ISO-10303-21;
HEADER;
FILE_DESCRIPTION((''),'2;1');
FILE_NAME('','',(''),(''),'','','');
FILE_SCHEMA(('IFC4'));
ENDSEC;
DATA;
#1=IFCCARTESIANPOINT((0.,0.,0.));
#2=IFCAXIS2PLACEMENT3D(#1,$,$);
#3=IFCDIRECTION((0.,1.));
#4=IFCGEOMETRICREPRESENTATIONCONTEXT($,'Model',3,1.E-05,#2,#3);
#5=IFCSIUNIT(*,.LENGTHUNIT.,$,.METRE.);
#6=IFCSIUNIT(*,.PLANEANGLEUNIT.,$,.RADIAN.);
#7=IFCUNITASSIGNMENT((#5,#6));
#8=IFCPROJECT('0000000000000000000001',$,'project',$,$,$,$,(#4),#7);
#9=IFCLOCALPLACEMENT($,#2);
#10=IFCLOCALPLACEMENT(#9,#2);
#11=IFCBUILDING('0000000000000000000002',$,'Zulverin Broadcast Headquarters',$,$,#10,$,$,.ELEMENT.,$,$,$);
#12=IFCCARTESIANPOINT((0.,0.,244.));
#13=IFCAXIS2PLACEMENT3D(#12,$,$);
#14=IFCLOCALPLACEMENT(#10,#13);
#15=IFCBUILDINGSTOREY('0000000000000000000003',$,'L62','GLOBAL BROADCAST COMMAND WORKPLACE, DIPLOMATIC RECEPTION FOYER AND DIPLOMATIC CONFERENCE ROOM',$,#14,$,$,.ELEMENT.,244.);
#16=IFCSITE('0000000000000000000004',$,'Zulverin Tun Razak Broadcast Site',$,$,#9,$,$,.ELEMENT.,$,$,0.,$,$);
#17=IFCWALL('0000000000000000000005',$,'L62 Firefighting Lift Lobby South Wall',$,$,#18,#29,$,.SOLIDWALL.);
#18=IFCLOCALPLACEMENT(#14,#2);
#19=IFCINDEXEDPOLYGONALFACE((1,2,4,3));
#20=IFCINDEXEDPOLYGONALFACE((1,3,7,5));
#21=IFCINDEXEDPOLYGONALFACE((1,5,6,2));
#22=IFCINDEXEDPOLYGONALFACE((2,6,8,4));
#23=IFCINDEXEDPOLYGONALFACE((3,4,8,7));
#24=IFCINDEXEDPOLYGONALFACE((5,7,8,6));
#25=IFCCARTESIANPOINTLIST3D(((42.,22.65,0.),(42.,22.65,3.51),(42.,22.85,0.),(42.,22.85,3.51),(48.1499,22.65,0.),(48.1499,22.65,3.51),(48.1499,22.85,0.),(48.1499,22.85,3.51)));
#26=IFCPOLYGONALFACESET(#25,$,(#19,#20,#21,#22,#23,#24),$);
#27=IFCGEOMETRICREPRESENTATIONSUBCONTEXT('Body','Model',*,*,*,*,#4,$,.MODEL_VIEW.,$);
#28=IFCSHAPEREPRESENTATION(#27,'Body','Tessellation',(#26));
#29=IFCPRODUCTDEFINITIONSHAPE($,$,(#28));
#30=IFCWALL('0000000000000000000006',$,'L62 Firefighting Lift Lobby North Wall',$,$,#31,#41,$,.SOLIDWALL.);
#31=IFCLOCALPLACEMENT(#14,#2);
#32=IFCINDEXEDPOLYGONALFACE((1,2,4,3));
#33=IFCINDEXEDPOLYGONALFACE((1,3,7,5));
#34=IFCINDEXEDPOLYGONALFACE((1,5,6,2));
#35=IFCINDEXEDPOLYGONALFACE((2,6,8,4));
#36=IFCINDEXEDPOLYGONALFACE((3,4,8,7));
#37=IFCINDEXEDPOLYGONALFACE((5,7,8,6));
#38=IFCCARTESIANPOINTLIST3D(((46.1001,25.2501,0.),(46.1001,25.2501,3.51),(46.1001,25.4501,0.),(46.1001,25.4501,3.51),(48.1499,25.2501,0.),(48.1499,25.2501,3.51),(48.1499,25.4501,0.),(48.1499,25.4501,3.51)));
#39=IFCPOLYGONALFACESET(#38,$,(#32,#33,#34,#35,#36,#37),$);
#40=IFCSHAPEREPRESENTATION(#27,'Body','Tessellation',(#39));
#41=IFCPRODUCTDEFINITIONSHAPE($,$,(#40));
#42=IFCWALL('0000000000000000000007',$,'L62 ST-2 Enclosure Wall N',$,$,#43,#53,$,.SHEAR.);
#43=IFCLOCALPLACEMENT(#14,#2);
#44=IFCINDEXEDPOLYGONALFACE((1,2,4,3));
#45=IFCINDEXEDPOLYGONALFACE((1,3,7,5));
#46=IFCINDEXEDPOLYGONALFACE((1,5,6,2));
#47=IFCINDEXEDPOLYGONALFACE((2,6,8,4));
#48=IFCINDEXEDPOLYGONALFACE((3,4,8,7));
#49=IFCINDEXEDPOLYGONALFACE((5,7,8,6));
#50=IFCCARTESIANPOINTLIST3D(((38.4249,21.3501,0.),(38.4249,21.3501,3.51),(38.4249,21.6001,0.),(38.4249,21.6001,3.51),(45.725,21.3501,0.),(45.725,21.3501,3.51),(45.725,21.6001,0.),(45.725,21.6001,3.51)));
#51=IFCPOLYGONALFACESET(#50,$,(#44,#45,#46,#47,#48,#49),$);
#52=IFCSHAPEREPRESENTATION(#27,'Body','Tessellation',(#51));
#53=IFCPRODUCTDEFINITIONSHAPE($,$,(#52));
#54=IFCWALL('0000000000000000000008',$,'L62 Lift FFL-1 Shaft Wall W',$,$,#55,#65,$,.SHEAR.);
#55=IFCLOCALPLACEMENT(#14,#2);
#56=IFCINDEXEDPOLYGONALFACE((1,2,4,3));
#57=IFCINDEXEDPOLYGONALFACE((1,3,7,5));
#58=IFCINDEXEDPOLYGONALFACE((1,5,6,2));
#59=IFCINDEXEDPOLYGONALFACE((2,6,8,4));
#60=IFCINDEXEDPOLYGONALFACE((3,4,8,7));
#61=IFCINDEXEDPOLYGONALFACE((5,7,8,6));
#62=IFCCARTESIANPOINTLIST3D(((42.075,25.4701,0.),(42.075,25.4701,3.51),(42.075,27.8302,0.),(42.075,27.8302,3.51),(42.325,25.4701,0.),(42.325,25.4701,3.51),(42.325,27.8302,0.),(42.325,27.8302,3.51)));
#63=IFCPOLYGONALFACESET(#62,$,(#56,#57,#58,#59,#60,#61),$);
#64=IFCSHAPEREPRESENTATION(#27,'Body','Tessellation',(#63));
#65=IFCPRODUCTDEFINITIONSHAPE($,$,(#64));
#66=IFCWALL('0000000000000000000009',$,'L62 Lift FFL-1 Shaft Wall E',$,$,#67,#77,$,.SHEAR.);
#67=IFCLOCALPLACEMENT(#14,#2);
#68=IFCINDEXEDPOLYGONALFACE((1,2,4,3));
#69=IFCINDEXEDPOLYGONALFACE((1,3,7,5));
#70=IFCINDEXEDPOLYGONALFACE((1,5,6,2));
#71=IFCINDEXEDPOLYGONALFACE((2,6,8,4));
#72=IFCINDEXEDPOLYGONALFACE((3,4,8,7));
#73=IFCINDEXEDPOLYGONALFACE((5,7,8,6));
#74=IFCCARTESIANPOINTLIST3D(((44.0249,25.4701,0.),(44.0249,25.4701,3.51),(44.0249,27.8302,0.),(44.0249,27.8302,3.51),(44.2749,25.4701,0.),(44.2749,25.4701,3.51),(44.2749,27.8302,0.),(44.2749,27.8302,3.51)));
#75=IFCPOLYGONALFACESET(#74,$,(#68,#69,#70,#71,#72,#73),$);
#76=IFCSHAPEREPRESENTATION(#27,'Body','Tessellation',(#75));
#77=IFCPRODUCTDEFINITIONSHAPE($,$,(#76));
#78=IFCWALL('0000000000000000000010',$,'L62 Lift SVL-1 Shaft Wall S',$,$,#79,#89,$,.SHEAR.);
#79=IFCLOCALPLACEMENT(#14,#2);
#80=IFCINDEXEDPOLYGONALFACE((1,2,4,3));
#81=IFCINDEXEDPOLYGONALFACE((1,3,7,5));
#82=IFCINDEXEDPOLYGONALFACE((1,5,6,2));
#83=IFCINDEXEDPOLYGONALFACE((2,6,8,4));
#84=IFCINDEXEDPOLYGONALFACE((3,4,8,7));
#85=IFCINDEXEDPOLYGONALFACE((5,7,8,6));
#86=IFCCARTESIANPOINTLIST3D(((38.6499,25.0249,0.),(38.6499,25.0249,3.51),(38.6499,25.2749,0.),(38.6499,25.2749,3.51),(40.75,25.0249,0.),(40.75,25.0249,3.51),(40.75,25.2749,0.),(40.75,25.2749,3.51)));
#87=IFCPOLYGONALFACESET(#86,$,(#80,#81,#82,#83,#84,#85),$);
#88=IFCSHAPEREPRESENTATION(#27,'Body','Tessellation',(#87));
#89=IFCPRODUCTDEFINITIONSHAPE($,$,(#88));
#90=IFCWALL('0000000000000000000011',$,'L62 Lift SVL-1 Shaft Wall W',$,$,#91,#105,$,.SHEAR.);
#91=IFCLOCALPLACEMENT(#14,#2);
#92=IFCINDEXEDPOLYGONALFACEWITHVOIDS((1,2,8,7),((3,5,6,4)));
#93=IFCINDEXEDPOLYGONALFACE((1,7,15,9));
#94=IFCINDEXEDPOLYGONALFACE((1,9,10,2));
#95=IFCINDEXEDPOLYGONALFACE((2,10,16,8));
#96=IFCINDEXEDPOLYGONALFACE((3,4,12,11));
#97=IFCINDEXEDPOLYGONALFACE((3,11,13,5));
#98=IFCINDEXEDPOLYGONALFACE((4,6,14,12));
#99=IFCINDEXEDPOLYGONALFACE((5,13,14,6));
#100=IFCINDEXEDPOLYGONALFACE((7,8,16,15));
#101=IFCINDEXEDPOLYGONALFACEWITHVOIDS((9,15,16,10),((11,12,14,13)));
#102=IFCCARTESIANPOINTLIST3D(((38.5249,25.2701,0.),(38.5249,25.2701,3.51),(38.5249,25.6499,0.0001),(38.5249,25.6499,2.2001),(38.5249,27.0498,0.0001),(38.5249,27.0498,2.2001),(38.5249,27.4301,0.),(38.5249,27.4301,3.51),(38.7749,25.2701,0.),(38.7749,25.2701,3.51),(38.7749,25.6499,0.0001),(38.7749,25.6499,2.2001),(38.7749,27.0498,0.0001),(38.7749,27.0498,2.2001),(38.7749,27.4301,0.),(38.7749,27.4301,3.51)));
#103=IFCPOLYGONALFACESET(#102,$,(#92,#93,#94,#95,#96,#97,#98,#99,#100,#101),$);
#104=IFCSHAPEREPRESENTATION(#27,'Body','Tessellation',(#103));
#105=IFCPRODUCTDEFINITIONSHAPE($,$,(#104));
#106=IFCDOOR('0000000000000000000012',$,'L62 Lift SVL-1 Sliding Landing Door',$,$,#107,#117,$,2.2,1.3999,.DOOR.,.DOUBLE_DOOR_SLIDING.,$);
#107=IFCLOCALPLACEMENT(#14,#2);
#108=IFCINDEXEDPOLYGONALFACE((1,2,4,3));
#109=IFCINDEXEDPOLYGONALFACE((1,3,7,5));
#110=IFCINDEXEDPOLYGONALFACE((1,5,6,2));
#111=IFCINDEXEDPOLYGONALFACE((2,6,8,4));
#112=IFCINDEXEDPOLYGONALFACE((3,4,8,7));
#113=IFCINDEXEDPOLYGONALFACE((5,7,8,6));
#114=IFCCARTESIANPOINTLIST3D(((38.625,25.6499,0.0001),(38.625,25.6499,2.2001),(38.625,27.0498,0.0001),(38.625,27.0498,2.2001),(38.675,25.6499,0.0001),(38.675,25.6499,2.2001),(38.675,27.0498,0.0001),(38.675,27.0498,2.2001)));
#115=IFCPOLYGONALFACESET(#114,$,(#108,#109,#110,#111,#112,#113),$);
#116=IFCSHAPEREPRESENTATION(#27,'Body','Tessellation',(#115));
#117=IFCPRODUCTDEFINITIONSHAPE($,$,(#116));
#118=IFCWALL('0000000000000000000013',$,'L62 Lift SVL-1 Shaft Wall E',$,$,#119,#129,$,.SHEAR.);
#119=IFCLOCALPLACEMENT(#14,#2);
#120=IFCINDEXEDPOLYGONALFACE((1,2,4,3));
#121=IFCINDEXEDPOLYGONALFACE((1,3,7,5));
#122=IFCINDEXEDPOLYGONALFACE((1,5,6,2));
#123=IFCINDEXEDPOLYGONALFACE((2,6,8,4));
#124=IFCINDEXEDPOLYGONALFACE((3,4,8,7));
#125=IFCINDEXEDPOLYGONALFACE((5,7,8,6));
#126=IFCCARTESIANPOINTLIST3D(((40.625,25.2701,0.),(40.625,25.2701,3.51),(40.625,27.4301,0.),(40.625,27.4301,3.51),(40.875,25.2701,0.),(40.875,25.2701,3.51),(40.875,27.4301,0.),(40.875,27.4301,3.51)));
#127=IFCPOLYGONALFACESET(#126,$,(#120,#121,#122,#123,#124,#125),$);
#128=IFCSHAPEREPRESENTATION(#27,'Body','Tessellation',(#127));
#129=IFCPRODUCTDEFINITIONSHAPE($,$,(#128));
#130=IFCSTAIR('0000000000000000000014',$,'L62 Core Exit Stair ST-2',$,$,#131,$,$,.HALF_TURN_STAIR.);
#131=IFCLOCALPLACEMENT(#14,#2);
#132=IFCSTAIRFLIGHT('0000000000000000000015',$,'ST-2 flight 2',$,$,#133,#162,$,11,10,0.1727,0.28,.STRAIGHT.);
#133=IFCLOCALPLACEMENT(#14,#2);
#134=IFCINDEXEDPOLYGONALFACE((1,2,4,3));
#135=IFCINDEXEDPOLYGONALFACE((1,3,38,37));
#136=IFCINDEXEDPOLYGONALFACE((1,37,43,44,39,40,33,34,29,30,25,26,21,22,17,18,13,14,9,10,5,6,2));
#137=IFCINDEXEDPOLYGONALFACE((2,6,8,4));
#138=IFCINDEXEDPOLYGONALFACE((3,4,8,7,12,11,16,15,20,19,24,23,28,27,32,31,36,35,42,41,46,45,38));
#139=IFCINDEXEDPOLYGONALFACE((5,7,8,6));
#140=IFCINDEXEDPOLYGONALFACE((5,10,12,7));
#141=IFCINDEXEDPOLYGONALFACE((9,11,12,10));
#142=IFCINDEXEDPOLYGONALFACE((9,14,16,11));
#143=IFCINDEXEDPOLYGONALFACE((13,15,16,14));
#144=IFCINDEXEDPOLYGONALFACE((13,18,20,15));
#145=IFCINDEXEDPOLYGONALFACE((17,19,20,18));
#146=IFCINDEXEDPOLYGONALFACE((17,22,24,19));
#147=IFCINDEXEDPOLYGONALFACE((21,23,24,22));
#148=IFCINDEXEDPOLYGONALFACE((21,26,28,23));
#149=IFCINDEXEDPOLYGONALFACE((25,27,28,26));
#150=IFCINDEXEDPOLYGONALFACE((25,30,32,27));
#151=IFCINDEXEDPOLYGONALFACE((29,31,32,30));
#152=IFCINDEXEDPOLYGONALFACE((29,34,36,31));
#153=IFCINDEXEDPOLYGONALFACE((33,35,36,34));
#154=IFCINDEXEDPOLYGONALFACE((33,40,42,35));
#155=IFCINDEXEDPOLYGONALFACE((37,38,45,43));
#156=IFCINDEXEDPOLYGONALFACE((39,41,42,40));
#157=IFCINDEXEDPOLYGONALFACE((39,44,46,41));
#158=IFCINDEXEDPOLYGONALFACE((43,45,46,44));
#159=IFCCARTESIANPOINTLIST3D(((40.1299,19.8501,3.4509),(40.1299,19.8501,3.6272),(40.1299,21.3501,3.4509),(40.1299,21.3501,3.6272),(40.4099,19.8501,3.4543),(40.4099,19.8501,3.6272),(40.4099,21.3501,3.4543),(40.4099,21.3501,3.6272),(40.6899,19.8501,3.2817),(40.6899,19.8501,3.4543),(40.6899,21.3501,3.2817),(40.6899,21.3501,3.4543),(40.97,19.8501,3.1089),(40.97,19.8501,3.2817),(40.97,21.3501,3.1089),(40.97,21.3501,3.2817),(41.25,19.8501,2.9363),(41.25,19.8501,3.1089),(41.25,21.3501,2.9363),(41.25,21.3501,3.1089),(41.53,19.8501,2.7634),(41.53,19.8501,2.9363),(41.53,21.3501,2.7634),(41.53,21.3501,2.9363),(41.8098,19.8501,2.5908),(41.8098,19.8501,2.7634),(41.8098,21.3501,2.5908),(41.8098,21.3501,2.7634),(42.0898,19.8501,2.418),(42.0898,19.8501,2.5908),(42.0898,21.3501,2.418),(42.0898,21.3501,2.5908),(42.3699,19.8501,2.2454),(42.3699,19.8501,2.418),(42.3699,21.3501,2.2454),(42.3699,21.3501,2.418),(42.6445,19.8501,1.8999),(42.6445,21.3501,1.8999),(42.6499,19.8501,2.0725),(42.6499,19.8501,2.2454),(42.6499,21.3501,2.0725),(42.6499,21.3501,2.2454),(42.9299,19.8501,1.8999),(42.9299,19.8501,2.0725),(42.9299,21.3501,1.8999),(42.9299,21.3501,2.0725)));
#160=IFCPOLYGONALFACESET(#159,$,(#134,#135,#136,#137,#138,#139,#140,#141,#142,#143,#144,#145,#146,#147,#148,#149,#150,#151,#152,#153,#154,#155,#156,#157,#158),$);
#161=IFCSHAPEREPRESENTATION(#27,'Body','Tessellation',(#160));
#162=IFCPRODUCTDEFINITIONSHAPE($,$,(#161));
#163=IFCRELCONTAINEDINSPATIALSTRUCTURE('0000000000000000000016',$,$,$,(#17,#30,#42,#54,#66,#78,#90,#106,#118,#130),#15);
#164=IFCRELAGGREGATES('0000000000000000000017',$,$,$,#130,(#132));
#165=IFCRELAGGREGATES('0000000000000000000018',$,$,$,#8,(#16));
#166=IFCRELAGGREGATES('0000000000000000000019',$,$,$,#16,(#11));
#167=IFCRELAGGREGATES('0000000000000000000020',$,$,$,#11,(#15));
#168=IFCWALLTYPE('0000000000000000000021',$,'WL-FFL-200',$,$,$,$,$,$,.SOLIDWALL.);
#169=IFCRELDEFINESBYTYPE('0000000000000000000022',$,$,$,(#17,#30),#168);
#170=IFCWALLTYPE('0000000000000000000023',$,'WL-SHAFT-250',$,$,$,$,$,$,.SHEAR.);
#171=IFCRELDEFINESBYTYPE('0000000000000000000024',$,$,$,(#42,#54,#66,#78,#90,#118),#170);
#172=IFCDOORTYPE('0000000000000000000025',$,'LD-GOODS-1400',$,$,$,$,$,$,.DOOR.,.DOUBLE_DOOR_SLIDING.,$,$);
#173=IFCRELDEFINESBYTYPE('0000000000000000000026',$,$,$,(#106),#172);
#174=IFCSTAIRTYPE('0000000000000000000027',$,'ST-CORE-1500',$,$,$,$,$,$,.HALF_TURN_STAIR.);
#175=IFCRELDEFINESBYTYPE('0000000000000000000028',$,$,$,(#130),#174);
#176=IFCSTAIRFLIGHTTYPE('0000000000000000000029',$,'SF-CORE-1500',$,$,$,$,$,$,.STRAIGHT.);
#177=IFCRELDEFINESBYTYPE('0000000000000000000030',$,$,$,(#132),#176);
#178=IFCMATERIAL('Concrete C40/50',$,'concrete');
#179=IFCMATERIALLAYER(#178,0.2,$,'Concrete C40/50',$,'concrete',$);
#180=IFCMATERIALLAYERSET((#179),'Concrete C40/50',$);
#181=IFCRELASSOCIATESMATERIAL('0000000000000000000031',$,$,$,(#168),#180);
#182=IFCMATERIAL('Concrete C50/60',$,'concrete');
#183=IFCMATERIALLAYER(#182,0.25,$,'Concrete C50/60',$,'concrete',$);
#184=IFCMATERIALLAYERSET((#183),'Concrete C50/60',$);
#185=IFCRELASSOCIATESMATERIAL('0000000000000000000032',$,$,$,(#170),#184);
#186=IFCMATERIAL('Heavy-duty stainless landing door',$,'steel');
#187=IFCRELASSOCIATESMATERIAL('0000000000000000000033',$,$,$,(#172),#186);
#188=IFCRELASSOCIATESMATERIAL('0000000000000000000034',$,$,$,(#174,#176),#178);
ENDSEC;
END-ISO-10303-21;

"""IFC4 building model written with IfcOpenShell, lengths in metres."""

from ifc_helpers import new_model, si_unit, direction, frame, frame_2d, origin, place, context, subcontext, project, spatial, polyline, rectangle, outline, extrude, material, layer, layer_set, type_object, element, fill, aggregate, save


model = new_model("IFC4")

# Units and contexts
model_context = context("Model", 3, precision=1e-05, world=origin(), true_north=direction((0.0, 1.0)))
body_context = subcontext(model_context, "Body", "Model", "MODEL_VIEW")
ifc_project = project(units=[si_unit("LENGTHUNIT", "METRE"), si_unit("PLANEANGLEUNIT", "RADIAN")], contexts=[model_context])

# Site, building, storey
site_placement = place(None, origin())
site = spatial("IfcSite", under=ifc_project, at=site_placement, Name="Zulverin Tun Razak Broadcast Site", CompositionType="ELEMENT", RefElevation=0.0)
building_placement = place(site_placement, origin())
building = spatial("IfcBuilding", under=site, at=building_placement, Name="Zulverin Broadcast Headquarters", CompositionType="ELEMENT")
storey_placement = place(building_placement, frame((0.0, 0.0, 244.0)))
storey = spatial("IfcBuildingStorey", under=building, at=storey_placement, Name="L62", Description="GLOBAL BROADCAST COMMAND WORKPLACE, DIPLOMATIC RECEPTION FOYER AND DIPLOMATIC CONFERENCE ROOM", CompositionType="ELEMENT", Elevation=244.0)

# Shared definitions
ifc_material_1 = material(Name="Concrete C40/50", Category="concrete")
ifc_layer_1 = layer(ifc_material_1, 0.2, Name="Concrete C40/50", Category="concrete")
ifc_layer_set_1 = layer_set([ifc_layer_1], Name="Concrete C40/50")
wall_type_1 = type_object("IfcWallType", Name="WL-FFL-200", PredefinedType="SOLIDWALL", material=ifc_layer_set_1)

# Walls
wall_1_placement = place(storey_placement, frame((42.0, 22.75, 0.0), z_axis=(0.0, 0.0, 1.0), x_axis=(1.0, 0.0, 0.0)))
element("IfcWall", 1, at=wall_1_placement, inside=storey, type_object=wall_type_1, Name="L62 Firefighting Lift Lobby South Wall", PredefinedType="SOLIDWALL", context=body_context, shape_type="SweptSolid", body=[
    extrude(rectangle(XDim=6.1499, YDim=0.2, at=frame_2d((3.075, 0.0))), origin(), (0.0, 0.0, 1.0), 3.51),
])
wall_2_placement = place(storey_placement, frame((46.1001, 25.3501, 0.0), z_axis=(0.0, 0.0, 1.0), x_axis=(1.0, 0.0, 0.0)))
element("IfcWall", 2, at=wall_2_placement, inside=storey, type_object=wall_type_1, Name="L62 Firefighting Lift Lobby North Wall", PredefinedType="SOLIDWALL", context=body_context, shape_type="SweptSolid", body=[
    extrude(rectangle(XDim=2.0498, YDim=0.2, at=frame_2d((1.0249, 0.0))), origin(), (0.0, 0.0, 1.0), 3.51),
])
ifc_material_2 = material(Name="Concrete C50/60", Category="concrete")
ifc_layer_2 = layer(ifc_material_2, 0.25, Name="Concrete C50/60", Category="concrete")
ifc_layer_set_2 = layer_set([ifc_layer_2], Name="Concrete C50/60")
wall_type_2 = type_object("IfcWallType", Name="WL-SHAFT-250", PredefinedType="SHEAR", material=ifc_layer_set_2)
wall_3_placement = place(storey_placement, frame((38.425, 21.4751, 0.0), z_axis=(0.0, 0.0, 1.0), x_axis=(1.0, 0.0, 0.0)))
element("IfcWall", 3, at=wall_3_placement, inside=storey, type_object=wall_type_2, Name="L62 ST-2 Enclosure Wall N", PredefinedType="SHEAR", context=body_context, shape_type="SweptSolid", body=[
    extrude(rectangle(XDim=7.3, YDim=0.25, at=frame_2d((3.6499, 0.0))), origin(), (0.0, 0.0, 1.0), 3.51),
])

# Walls
for number, where, z_axis, x_axis, name in (
    (4, (42.2, 25.47, 0.0), (0.0, 0.0, 1.0), (0.0, 1.0, 0.0), "L62 Lift FFL-1 Shaft Wall W"),
    (5, (44.1499, 25.47, 0.0), (0.0, 0.0, 1.0), (0.0, 1.0, 0.0), "L62 Lift FFL-1 Shaft Wall E"),
):
    element("IfcWall", number, at=place(storey_placement, frame(where, z_axis=z_axis, x_axis=x_axis)), inside=storey, type_object=wall_type_2, Name=name, PredefinedType="SHEAR", context=body_context, shape_type="SweptSolid", body=[
        extrude(rectangle(XDim=2.3601, YDim=0.25, at=frame_2d((1.1802, 0.0))), origin(), (0.0, 0.0, 1.0), 3.51),
    ])

# Wall
wall_4_placement = place(storey_placement, frame((38.6499, 25.1499, 0.0), z_axis=(0.0, 0.0, 1.0), x_axis=(1.0, 0.0, 0.0)))
element("IfcWall", 6, at=wall_4_placement, inside=storey, type_object=wall_type_2, Name="L62 Lift SVL-1 Shaft Wall S", PredefinedType="SHEAR", context=body_context, shape_type="SweptSolid", body=[
    extrude(rectangle(XDim=2.1001, YDim=0.25, at=frame_2d((1.05, 0.0))), origin(), (0.0, 0.0, 1.0), 3.51),
])

# Wall, opening, door
wall_5_placement = place(storey_placement, frame((38.6499, 25.27, 0.0), z_axis=(0.0, 0.0, 1.0), x_axis=(0.0, 1.0, 0.0)))
wall_5 = element("IfcWall", 7, at=wall_5_placement, inside=storey, type_object=wall_type_2, Name="L62 Lift SVL-1 Shaft Wall W", PredefinedType="SHEAR", context=body_context, shape_type="SweptSolid", body=[
    extrude(rectangle(XDim=2.1599, YDim=0.25, at=frame_2d((1.0801, 0.0))), origin(), (0.0, 0.0, 1.0), 3.51),
])
opening_1_placement = place(wall_5_placement, frame((0.3799, 0.0, 0.0)))
opening_1 = element("IfcOpeningElement", 8, at=opening_1_placement, cuts=wall_5, PredefinedType="OPENING", context=body_context, shape_type="SweptSolid", body=[
    extrude(rectangle(XDim=1.3999, YDim=2.2, at=frame_2d((0.7, 1.1001))), frame((0.0, 0.135, 0.0), z_axis=(0.0, -1.0, 0.0), x_axis=(1.0, 0.0, 0.0)), (0.0, 0.0, 1.0), 0.27),
])
ifc_material_3 = material(Name="Heavy-duty stainless landing door", Category="steel")
door_type_1 = type_object("IfcDoorType", Name="LD-GOODS-1400", OperationType="DOUBLE_DOOR_SLIDING", PredefinedType="DOOR", material=ifc_material_3)
door_1_placement = place(opening_1_placement, origin())
door_1 = element("IfcDoor", 9, at=door_1_placement, inside=storey, type_object=door_type_1, Name="L62 Lift SVL-1 Sliding Landing Door", OperationType="DOUBLE_DOOR_SLIDING", OverallHeight=2.2, OverallWidth=1.3999, PredefinedType="DOOR", context=body_context, shape_type="SweptSolid", body=[
    extrude(rectangle(XDim=1.3999, YDim=2.2, at=frame_2d((0.7, 1.1001))), frame((0.0, 0.0249, 0.0), z_axis=(0.0, -1.0, 0.0), x_axis=(1.0, 0.0, 0.0)), (0.0, 0.0, 1.0), 0.05),
])
fill(opening_1, door_1)

# Wall
wall_6_placement = place(storey_placement, frame((40.75, 25.27, 0.0), z_axis=(0.0, 0.0, 1.0), x_axis=(0.0, 1.0, 0.0)))
element("IfcWall", 10, at=wall_6_placement, inside=storey, type_object=wall_type_2, Name="L62 Lift SVL-1 Shaft Wall E", PredefinedType="SHEAR", context=body_context, shape_type="SweptSolid", body=[
    extrude(rectangle(XDim=2.1599, YDim=0.25, at=frame_2d((1.0801, 0.0))), origin(), (0.0, 0.0, 1.0), 3.51),
])

# Stair, stair flight
stair_type = type_object("IfcStairType", Name="ST-CORE-1500", PredefinedType="HALF_TURN_STAIR", material=ifc_material_1)
stair_placement = place(storey_placement, origin())
stair = element("IfcStair", 11, at=stair_placement, inside=storey, type_object=stair_type, Name="L62 Core Exit Stair ST-2", PredefinedType="HALF_TURN_STAIR")
stair_flight_type = type_object("IfcStairFlightType", Name="SF-CORE-1500", PredefinedType="STRAIGHT", material=ifc_material_1)
stair_flight_placement = place(storey_placement, frame((42.9299, 20.6001, 1.8999), z_axis=(0.0, 0.0, 1.0), x_axis=(-1.0, 0.0, 0.0)))
stair_flight = element("IfcStairFlight", 12, at=stair_flight_placement, type_object=stair_flight_type, Name="ST-2 flight 2", NumberOfRisers=11, NumberOfTreads=10, PredefinedType="STRAIGHT", RiserHeight=0.1727, TreadLength=0.28, context=body_context, shape_type="SweptSolid", body=[
    extrude(outline(polyline([(0.0, 0.0), (0.0, 0.1726), (0.28, 0.1726), (0.28, 0.3455), (0.5601, 0.3455), (0.5601, 0.5181), (0.8401, 0.5181), (0.8401, 0.6909), (1.1201, 0.6909), (1.1201, 0.8635), (1.3999, 0.8635), (1.3999, 1.0364), (1.6799, 1.0364), (1.6799, 1.209), (1.96, 1.209), (1.96, 1.3818), (2.24, 1.3818), (2.24, 1.5544), (2.52, 1.5544), (2.52, 1.7273), (2.8, 1.7273), (2.8, 1.8999), (2.8, 1.551), (0.2854, 0.0), (0.0, 0.0)])), frame((0.0, 0.75, 0.0), z_axis=(0.0, -1.0, 0.0), x_axis=(1.0, 0.0, 0.0)), (0.0, 0.0, 1.0), 1.5),
])
aggregate(stair, [stair_flight])

save(model, "model.ifc")
